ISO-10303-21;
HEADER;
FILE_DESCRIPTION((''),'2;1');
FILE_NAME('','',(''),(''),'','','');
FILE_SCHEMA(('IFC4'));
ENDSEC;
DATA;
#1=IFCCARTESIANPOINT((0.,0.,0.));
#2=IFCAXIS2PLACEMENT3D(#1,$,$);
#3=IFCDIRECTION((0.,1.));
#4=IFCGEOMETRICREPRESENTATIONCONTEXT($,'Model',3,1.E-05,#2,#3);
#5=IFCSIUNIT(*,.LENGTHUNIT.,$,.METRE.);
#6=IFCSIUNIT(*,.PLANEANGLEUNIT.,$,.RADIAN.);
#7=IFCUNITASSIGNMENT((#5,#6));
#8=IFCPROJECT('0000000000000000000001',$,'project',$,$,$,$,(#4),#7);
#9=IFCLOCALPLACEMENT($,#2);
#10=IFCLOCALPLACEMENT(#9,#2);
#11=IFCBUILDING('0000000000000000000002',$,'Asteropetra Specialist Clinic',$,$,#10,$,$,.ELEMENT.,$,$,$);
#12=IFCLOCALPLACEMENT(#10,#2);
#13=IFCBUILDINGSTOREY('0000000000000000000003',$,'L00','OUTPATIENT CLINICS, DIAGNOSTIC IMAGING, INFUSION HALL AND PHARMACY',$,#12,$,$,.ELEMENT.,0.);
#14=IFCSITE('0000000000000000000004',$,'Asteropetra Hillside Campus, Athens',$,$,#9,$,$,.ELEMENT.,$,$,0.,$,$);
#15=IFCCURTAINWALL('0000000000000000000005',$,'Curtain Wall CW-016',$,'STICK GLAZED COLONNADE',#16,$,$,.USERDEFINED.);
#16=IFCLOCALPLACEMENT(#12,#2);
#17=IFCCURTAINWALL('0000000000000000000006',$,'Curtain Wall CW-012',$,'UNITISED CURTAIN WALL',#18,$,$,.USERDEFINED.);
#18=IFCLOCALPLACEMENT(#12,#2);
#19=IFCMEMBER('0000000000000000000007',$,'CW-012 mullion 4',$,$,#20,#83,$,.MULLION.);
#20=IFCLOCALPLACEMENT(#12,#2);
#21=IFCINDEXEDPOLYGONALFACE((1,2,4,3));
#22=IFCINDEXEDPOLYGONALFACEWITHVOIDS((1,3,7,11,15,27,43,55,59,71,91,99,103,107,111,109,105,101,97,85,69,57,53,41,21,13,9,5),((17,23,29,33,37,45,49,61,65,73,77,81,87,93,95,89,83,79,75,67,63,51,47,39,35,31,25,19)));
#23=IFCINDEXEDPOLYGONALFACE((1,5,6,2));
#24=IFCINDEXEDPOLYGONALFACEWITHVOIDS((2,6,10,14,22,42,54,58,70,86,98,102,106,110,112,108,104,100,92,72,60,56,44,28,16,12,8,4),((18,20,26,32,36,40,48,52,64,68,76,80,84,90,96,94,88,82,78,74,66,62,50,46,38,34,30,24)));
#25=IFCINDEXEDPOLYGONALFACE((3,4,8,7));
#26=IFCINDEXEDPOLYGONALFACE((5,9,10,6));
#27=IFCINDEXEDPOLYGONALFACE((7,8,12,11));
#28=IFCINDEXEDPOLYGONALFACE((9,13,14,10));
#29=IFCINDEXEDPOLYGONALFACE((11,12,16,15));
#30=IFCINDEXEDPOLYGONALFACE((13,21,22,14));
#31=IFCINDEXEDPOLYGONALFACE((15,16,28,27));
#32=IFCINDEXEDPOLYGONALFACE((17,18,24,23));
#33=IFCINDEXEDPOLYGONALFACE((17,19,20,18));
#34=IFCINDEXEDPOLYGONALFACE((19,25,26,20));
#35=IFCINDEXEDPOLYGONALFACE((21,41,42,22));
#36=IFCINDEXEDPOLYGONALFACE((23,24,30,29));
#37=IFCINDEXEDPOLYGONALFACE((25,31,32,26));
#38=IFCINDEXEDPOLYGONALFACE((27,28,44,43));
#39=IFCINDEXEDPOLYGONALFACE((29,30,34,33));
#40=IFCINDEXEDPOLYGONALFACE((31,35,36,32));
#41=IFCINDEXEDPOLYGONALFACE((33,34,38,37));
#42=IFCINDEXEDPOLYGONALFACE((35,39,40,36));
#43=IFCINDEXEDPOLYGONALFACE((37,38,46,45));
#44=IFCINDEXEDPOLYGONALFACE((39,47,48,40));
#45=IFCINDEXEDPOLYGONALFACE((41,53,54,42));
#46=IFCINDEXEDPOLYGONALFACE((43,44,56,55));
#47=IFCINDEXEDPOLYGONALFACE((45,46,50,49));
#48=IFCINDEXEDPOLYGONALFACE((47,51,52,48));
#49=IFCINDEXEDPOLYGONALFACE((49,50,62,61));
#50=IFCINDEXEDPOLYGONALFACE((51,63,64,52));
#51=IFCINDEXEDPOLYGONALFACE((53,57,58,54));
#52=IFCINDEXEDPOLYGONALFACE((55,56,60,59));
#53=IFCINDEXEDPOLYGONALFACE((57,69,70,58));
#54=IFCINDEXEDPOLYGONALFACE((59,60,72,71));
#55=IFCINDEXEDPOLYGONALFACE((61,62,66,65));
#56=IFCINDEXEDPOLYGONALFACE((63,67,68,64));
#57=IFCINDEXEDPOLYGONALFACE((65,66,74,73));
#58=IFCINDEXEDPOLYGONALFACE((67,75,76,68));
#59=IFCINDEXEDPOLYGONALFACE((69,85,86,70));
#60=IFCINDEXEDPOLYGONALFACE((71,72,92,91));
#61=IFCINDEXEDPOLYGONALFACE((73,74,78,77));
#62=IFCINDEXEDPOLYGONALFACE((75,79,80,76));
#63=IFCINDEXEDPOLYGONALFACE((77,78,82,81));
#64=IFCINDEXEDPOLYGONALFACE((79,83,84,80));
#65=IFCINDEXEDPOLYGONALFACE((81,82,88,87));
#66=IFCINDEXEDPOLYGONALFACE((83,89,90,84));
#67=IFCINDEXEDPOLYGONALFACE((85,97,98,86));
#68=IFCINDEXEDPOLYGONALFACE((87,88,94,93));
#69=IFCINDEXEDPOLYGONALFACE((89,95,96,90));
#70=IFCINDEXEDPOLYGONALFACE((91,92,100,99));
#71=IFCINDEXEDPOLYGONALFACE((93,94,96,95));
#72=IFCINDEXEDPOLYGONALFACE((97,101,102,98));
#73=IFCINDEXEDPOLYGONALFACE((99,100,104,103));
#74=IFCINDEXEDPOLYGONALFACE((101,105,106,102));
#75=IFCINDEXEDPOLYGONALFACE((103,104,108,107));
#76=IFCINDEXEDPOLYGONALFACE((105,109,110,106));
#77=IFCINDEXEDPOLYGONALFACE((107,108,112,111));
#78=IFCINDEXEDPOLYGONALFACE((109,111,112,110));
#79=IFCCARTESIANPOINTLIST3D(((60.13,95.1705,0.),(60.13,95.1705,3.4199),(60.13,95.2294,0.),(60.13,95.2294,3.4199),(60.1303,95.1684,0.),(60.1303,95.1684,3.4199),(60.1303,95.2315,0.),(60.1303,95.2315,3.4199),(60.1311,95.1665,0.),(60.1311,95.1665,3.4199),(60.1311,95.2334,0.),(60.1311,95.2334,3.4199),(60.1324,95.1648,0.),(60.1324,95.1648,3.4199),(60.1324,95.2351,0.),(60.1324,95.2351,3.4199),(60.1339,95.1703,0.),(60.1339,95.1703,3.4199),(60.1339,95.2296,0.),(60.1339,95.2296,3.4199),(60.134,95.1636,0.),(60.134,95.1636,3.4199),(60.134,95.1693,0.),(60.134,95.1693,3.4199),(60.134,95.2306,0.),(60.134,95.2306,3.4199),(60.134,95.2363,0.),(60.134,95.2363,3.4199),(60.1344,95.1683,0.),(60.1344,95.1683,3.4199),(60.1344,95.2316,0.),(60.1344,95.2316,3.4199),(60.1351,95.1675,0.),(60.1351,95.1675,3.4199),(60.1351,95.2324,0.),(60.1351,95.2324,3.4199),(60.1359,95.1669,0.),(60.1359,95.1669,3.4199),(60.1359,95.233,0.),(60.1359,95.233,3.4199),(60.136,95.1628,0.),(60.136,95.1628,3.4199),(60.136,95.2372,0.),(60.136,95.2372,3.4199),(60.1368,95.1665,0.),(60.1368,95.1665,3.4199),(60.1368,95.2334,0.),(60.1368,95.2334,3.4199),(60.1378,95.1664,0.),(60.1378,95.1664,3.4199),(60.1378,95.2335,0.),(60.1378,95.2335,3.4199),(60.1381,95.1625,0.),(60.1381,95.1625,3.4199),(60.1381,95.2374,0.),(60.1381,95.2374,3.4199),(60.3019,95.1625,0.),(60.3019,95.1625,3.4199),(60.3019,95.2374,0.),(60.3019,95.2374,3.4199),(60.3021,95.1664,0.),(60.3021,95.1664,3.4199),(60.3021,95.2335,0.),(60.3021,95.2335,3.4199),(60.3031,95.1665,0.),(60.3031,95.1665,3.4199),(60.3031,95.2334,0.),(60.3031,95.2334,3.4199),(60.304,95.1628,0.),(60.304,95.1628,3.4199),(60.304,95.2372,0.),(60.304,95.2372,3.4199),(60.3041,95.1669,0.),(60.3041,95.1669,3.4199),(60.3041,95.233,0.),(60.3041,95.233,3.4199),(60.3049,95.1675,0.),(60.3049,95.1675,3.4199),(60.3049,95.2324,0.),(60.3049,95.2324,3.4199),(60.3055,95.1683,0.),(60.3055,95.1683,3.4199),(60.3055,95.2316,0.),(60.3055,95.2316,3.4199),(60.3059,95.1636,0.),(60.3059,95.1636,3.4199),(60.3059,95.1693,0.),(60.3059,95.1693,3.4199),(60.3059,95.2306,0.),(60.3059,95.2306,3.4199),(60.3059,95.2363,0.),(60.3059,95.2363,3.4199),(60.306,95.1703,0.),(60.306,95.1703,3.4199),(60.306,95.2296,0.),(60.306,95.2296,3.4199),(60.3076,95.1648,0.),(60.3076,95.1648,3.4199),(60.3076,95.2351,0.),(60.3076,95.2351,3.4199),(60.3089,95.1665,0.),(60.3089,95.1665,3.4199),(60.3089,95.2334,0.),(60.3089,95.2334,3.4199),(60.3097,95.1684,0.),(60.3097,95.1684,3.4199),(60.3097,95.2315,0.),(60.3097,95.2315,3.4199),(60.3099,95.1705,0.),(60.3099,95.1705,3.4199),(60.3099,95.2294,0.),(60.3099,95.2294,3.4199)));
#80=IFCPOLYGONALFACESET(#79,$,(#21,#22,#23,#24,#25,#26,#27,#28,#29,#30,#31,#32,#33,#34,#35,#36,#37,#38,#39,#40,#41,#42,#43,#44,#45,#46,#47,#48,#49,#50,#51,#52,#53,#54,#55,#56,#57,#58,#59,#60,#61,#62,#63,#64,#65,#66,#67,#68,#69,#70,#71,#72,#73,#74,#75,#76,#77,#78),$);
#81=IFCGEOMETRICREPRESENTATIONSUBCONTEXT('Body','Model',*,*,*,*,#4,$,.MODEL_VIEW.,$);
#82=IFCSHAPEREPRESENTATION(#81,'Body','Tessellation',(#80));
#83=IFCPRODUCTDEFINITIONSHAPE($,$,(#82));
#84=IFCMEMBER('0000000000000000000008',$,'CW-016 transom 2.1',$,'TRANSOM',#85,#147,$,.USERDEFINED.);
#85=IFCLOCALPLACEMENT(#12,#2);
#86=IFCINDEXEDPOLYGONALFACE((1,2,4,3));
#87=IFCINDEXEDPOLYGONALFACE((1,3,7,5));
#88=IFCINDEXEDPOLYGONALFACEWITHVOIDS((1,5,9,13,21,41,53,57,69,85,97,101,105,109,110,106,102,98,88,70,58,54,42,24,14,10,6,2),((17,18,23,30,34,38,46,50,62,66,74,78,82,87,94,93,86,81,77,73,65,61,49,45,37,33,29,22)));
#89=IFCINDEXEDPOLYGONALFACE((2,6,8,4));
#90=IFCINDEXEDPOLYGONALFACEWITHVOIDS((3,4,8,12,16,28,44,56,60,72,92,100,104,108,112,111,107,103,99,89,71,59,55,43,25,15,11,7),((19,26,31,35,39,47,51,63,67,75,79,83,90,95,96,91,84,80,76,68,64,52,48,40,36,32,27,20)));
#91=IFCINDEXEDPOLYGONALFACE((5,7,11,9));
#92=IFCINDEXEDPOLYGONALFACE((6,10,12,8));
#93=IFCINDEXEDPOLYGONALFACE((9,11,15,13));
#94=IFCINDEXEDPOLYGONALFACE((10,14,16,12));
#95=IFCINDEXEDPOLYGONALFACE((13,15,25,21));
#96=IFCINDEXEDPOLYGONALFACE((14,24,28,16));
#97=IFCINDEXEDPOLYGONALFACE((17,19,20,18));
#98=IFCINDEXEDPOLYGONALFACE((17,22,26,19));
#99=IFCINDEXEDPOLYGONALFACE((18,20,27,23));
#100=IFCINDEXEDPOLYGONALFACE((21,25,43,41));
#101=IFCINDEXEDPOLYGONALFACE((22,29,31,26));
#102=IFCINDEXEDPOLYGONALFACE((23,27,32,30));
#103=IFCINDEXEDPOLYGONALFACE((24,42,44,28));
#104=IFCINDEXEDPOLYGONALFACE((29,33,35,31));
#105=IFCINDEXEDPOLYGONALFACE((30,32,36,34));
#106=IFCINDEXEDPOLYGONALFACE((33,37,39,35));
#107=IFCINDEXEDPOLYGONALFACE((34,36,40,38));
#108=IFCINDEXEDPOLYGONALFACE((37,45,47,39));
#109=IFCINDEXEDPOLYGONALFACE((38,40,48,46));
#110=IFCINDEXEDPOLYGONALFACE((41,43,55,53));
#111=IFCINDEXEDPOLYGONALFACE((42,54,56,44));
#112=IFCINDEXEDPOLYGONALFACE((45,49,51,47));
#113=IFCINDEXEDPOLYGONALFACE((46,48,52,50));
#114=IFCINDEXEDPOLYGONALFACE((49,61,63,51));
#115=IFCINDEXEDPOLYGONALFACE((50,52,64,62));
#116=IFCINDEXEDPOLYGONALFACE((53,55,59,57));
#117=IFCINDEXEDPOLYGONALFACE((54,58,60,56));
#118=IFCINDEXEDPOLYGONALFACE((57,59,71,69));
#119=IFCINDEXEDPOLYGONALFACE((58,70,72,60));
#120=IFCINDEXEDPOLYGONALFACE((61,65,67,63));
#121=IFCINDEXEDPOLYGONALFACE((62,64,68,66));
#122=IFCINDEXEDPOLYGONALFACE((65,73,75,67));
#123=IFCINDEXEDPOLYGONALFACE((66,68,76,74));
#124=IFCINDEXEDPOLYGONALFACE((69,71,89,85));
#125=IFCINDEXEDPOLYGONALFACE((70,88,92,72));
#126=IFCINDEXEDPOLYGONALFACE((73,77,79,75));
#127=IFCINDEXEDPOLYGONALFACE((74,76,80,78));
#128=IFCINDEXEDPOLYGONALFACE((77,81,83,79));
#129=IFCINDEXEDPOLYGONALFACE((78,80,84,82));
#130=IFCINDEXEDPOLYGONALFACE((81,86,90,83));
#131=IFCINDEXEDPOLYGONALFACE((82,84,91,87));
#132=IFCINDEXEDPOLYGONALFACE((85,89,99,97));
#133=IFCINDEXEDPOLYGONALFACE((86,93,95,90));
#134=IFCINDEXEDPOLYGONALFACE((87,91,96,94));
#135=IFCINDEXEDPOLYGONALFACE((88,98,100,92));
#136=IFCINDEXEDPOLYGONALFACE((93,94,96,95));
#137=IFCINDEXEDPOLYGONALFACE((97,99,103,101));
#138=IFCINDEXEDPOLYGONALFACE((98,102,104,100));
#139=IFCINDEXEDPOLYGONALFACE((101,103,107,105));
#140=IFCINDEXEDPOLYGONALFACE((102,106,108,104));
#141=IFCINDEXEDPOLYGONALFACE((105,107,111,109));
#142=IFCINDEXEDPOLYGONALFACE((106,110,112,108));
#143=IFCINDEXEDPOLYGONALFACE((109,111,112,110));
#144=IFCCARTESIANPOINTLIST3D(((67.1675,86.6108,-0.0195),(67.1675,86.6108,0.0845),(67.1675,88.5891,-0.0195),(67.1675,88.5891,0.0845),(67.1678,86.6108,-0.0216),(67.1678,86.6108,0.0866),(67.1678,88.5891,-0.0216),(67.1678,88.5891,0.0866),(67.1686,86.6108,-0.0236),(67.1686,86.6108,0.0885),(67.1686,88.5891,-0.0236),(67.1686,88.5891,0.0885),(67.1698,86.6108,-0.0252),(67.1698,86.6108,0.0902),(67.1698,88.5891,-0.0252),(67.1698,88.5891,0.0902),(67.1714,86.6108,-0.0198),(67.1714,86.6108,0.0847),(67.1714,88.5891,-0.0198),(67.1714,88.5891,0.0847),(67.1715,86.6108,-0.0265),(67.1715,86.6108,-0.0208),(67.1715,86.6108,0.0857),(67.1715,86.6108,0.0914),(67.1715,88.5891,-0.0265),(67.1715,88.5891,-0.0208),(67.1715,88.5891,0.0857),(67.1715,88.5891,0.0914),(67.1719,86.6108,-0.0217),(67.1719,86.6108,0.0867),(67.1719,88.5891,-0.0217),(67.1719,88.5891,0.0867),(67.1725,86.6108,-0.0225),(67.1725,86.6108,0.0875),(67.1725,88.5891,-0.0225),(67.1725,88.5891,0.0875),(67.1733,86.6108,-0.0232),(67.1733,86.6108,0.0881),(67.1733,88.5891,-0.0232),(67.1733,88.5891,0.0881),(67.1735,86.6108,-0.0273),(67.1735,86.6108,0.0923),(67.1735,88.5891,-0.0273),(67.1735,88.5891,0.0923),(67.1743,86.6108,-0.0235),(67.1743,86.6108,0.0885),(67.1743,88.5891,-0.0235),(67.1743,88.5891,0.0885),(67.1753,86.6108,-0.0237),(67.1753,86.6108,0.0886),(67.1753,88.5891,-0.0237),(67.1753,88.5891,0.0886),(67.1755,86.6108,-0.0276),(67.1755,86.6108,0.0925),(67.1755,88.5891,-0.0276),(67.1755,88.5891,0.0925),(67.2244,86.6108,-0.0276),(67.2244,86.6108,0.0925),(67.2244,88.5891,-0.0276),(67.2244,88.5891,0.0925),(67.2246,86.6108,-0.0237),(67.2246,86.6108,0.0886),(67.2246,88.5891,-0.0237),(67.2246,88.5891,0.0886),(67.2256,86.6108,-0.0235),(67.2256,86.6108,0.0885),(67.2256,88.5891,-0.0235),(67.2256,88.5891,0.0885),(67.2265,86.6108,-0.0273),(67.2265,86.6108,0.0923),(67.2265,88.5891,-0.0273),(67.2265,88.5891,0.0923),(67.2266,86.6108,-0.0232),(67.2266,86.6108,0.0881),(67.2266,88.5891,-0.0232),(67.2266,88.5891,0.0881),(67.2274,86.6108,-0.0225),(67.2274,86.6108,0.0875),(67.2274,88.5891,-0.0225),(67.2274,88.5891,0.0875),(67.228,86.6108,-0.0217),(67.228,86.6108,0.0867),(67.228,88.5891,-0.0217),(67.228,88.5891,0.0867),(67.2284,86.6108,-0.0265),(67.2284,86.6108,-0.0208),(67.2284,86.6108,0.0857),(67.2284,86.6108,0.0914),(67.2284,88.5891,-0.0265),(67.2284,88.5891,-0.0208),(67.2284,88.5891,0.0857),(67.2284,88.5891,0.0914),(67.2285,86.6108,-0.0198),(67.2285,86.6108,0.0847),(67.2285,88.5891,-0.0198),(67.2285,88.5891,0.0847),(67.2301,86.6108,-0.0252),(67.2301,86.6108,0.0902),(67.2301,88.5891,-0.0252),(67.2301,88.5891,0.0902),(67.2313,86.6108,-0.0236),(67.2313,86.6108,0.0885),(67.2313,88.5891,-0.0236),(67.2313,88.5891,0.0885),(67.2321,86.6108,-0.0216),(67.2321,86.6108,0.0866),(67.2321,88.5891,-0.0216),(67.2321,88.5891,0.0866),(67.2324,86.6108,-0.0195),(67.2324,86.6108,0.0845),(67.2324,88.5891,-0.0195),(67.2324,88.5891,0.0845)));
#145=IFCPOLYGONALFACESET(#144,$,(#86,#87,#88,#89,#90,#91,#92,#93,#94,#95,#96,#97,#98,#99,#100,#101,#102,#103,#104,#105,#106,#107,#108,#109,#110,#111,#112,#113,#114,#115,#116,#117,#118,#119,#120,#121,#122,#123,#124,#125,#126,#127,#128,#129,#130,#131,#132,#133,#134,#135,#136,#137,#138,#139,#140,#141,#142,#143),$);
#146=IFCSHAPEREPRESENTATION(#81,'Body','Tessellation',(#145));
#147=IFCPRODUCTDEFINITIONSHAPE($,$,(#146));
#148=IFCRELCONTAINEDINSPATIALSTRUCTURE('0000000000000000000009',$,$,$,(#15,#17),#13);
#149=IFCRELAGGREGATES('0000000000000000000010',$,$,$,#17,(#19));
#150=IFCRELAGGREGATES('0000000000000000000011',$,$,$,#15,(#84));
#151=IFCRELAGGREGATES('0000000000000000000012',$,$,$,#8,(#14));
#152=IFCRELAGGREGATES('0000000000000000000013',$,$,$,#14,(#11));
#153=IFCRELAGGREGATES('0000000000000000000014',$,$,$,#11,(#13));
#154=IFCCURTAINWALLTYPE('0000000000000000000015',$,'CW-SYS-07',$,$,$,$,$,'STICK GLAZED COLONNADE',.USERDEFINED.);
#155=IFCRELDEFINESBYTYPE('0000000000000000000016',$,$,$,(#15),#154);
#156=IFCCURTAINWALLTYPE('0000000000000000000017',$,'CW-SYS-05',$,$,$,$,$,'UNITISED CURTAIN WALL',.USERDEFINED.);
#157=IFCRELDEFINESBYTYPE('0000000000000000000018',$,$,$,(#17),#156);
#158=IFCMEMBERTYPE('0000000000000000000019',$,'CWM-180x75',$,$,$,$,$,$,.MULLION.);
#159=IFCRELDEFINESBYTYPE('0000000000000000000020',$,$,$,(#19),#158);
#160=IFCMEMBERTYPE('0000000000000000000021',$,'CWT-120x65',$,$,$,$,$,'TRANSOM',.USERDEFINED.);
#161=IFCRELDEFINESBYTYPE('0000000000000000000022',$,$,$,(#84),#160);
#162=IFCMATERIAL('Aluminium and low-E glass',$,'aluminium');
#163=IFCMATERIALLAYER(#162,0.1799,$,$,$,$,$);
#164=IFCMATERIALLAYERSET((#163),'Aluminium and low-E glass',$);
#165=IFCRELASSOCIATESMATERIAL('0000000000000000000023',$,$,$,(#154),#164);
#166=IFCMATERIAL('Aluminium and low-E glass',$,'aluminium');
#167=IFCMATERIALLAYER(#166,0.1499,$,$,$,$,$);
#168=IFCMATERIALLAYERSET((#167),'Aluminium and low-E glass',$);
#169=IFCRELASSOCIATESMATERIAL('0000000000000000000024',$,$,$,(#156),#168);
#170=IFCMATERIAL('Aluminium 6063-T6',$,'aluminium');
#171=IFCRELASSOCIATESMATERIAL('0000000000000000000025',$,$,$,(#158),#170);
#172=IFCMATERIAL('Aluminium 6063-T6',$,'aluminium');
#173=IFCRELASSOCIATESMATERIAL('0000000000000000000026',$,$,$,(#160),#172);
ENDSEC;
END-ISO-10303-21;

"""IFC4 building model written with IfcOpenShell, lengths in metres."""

from ifc_helpers import new_model, si_unit, direction, frame, origin, origin_2d, place, context, subcontext, project, spatial, hollow_rectangle, extrude, material, layer, layer_set, material_profile, profile_set, type_object, element, aggregate, save


model = new_model("IFC4")

# Units and contexts
model_context = context("Model", 3, precision=1e-05, world=origin(), true_north=direction((0.0, 1.0)))
body_context = subcontext(model_context, "Body", "Model", "MODEL_VIEW")
ifc_project = project(units=[si_unit("LENGTHUNIT", "METRE"), si_unit("PLANEANGLEUNIT", "RADIAN")], contexts=[model_context])

# Site, building, storey
site_placement = place(None, origin())
site = spatial("IfcSite", under=ifc_project, at=site_placement, Name="Asteropetra Hillside Campus, Athens", CompositionType="ELEMENT", RefElevation=0.0)
building_placement = place(site_placement, origin())
building = spatial("IfcBuilding", under=site, at=building_placement, Name="Asteropetra Specialist Clinic", CompositionType="ELEMENT")
storey_placement = place(building_placement, origin())
storey = spatial("IfcBuildingStorey", under=building, at=storey_placement, Name="L00", Description="OUTPATIENT CLINICS, DIAGNOSTIC IMAGING, INFUSION HALL AND PHARMACY", CompositionType="ELEMENT", Elevation=0.0)

# Curtain walls, member
ifc_material_1 = material(Name="Aluminium and low-E glass", Category="aluminium")
ifc_layer_1 = layer(ifc_material_1, 0.1799)
ifc_layer_set_1 = layer_set([ifc_layer_1], Name="Aluminium and low-E glass")
curtain_wall_type_1 = type_object("IfcCurtainWallType", Name="CW-SYS-07", ElementType="STICK GLAZED COLONNADE", PredefinedType="USERDEFINED", material=ifc_layer_set_1)
curtain_wall_1_placement = place(storey_placement, origin())
curtain_wall_1 = element("IfcCurtainWall", 1, at=curtain_wall_1_placement, inside=storey, type_object=curtain_wall_type_1, Name="Curtain Wall CW-016", ObjectType="STICK GLAZED COLONNADE", PredefinedType="USERDEFINED")
ifc_material_2 = material(Name="Aluminium and low-E glass", Category="aluminium")
ifc_layer_2 = layer(ifc_material_2, 0.1499)
ifc_layer_set_2 = layer_set([ifc_layer_2], Name="Aluminium and low-E glass")
curtain_wall_type_2 = type_object("IfcCurtainWallType", Name="CW-SYS-05", ElementType="UNITISED CURTAIN WALL", PredefinedType="USERDEFINED", material=ifc_layer_set_2)
curtain_wall_2_placement = place(storey_placement, origin())
curtain_wall_2 = element("IfcCurtainWall", 2, at=curtain_wall_2_placement, inside=storey, type_object=curtain_wall_type_2, Name="Curtain Wall CW-012", ObjectType="UNITISED CURTAIN WALL", PredefinedType="USERDEFINED")
ifc_material_3 = material(Name="Aluminium 6063-T6", Category="aluminium")
ifc_material_profile_1 = material_profile(ifc_material_3, hollow_rectangle(XDim=0.075, YDim=0.1799, WallThickness=0.0039, InnerFilletRadius=0.0039, OuterFilletRadius=0.0081, at=origin_2d()), Name="MUL 180x75x4.0")
ifc_profile_set_1 = profile_set([ifc_material_profile_1], Name="Aluminium 6063-T6")
member_type_1 = type_object("IfcMemberType", Name="CWM-180x75", PredefinedType="MULLION", material=ifc_profile_set_1)
member_1_placement = place(storey_placement, frame((60.22, 95.2, 0.0), z_axis=(0.0, 0.0, 1.0), x_axis=(0.0, -1.0, 0.0)))
member_1 = element("IfcMember", 3, at=member_1_placement, type_object=member_type_1, Name="CW-012 mullion 4", PredefinedType="MULLION", context=body_context, shape_type="SweptSolid", body=[
    extrude(hollow_rectangle(XDim=0.075, YDim=0.1799, WallThickness=0.0039, InnerFilletRadius=0.0039, OuterFilletRadius=0.0081, at=origin_2d()), origin(), (0.0, 0.0, 1.0), 3.4199),
])

# Member
ifc_material_4 = material(Name="Aluminium 6063-T6", Category="aluminium")
ifc_material_profile_2 = material_profile(ifc_material_4, hollow_rectangle(XDim=0.0649, YDim=0.1201, WallThickness=0.0039, InnerFilletRadius=0.0039, OuterFilletRadius=0.0081, at=origin_2d()), Name="TRN 120x65x4.0")
ifc_profile_set_2 = profile_set([ifc_material_profile_2], Name="Aluminium 6063-T6")
member_type_2 = type_object("IfcMemberType", Name="CWT-120x65", ElementType="TRANSOM", PredefinedType="USERDEFINED", material=ifc_profile_set_2)
member_2_placement = place(storey_placement, frame((67.2, 86.6108, 0.0325), z_axis=(0.0, 1.0, 0.0), x_axis=(-1.0, 0.0, 0.0)))
member_2 = element("IfcMember", 4, at=member_2_placement, type_object=member_type_2, Name="CW-016 transom 2.1", ObjectType="TRANSOM", PredefinedType="USERDEFINED", context=body_context, shape_type="SweptSolid", body=[
    extrude(hollow_rectangle(XDim=0.0649, YDim=0.1201, WallThickness=0.0039, InnerFilletRadius=0.0039, OuterFilletRadius=0.0081, at=origin_2d()), origin(), (0.0, 0.0, 1.0), 1.9783),
])

aggregate(curtain_wall_2, [member_1])
aggregate(curtain_wall_1, [member_2])

save(model, "model.ifc")
